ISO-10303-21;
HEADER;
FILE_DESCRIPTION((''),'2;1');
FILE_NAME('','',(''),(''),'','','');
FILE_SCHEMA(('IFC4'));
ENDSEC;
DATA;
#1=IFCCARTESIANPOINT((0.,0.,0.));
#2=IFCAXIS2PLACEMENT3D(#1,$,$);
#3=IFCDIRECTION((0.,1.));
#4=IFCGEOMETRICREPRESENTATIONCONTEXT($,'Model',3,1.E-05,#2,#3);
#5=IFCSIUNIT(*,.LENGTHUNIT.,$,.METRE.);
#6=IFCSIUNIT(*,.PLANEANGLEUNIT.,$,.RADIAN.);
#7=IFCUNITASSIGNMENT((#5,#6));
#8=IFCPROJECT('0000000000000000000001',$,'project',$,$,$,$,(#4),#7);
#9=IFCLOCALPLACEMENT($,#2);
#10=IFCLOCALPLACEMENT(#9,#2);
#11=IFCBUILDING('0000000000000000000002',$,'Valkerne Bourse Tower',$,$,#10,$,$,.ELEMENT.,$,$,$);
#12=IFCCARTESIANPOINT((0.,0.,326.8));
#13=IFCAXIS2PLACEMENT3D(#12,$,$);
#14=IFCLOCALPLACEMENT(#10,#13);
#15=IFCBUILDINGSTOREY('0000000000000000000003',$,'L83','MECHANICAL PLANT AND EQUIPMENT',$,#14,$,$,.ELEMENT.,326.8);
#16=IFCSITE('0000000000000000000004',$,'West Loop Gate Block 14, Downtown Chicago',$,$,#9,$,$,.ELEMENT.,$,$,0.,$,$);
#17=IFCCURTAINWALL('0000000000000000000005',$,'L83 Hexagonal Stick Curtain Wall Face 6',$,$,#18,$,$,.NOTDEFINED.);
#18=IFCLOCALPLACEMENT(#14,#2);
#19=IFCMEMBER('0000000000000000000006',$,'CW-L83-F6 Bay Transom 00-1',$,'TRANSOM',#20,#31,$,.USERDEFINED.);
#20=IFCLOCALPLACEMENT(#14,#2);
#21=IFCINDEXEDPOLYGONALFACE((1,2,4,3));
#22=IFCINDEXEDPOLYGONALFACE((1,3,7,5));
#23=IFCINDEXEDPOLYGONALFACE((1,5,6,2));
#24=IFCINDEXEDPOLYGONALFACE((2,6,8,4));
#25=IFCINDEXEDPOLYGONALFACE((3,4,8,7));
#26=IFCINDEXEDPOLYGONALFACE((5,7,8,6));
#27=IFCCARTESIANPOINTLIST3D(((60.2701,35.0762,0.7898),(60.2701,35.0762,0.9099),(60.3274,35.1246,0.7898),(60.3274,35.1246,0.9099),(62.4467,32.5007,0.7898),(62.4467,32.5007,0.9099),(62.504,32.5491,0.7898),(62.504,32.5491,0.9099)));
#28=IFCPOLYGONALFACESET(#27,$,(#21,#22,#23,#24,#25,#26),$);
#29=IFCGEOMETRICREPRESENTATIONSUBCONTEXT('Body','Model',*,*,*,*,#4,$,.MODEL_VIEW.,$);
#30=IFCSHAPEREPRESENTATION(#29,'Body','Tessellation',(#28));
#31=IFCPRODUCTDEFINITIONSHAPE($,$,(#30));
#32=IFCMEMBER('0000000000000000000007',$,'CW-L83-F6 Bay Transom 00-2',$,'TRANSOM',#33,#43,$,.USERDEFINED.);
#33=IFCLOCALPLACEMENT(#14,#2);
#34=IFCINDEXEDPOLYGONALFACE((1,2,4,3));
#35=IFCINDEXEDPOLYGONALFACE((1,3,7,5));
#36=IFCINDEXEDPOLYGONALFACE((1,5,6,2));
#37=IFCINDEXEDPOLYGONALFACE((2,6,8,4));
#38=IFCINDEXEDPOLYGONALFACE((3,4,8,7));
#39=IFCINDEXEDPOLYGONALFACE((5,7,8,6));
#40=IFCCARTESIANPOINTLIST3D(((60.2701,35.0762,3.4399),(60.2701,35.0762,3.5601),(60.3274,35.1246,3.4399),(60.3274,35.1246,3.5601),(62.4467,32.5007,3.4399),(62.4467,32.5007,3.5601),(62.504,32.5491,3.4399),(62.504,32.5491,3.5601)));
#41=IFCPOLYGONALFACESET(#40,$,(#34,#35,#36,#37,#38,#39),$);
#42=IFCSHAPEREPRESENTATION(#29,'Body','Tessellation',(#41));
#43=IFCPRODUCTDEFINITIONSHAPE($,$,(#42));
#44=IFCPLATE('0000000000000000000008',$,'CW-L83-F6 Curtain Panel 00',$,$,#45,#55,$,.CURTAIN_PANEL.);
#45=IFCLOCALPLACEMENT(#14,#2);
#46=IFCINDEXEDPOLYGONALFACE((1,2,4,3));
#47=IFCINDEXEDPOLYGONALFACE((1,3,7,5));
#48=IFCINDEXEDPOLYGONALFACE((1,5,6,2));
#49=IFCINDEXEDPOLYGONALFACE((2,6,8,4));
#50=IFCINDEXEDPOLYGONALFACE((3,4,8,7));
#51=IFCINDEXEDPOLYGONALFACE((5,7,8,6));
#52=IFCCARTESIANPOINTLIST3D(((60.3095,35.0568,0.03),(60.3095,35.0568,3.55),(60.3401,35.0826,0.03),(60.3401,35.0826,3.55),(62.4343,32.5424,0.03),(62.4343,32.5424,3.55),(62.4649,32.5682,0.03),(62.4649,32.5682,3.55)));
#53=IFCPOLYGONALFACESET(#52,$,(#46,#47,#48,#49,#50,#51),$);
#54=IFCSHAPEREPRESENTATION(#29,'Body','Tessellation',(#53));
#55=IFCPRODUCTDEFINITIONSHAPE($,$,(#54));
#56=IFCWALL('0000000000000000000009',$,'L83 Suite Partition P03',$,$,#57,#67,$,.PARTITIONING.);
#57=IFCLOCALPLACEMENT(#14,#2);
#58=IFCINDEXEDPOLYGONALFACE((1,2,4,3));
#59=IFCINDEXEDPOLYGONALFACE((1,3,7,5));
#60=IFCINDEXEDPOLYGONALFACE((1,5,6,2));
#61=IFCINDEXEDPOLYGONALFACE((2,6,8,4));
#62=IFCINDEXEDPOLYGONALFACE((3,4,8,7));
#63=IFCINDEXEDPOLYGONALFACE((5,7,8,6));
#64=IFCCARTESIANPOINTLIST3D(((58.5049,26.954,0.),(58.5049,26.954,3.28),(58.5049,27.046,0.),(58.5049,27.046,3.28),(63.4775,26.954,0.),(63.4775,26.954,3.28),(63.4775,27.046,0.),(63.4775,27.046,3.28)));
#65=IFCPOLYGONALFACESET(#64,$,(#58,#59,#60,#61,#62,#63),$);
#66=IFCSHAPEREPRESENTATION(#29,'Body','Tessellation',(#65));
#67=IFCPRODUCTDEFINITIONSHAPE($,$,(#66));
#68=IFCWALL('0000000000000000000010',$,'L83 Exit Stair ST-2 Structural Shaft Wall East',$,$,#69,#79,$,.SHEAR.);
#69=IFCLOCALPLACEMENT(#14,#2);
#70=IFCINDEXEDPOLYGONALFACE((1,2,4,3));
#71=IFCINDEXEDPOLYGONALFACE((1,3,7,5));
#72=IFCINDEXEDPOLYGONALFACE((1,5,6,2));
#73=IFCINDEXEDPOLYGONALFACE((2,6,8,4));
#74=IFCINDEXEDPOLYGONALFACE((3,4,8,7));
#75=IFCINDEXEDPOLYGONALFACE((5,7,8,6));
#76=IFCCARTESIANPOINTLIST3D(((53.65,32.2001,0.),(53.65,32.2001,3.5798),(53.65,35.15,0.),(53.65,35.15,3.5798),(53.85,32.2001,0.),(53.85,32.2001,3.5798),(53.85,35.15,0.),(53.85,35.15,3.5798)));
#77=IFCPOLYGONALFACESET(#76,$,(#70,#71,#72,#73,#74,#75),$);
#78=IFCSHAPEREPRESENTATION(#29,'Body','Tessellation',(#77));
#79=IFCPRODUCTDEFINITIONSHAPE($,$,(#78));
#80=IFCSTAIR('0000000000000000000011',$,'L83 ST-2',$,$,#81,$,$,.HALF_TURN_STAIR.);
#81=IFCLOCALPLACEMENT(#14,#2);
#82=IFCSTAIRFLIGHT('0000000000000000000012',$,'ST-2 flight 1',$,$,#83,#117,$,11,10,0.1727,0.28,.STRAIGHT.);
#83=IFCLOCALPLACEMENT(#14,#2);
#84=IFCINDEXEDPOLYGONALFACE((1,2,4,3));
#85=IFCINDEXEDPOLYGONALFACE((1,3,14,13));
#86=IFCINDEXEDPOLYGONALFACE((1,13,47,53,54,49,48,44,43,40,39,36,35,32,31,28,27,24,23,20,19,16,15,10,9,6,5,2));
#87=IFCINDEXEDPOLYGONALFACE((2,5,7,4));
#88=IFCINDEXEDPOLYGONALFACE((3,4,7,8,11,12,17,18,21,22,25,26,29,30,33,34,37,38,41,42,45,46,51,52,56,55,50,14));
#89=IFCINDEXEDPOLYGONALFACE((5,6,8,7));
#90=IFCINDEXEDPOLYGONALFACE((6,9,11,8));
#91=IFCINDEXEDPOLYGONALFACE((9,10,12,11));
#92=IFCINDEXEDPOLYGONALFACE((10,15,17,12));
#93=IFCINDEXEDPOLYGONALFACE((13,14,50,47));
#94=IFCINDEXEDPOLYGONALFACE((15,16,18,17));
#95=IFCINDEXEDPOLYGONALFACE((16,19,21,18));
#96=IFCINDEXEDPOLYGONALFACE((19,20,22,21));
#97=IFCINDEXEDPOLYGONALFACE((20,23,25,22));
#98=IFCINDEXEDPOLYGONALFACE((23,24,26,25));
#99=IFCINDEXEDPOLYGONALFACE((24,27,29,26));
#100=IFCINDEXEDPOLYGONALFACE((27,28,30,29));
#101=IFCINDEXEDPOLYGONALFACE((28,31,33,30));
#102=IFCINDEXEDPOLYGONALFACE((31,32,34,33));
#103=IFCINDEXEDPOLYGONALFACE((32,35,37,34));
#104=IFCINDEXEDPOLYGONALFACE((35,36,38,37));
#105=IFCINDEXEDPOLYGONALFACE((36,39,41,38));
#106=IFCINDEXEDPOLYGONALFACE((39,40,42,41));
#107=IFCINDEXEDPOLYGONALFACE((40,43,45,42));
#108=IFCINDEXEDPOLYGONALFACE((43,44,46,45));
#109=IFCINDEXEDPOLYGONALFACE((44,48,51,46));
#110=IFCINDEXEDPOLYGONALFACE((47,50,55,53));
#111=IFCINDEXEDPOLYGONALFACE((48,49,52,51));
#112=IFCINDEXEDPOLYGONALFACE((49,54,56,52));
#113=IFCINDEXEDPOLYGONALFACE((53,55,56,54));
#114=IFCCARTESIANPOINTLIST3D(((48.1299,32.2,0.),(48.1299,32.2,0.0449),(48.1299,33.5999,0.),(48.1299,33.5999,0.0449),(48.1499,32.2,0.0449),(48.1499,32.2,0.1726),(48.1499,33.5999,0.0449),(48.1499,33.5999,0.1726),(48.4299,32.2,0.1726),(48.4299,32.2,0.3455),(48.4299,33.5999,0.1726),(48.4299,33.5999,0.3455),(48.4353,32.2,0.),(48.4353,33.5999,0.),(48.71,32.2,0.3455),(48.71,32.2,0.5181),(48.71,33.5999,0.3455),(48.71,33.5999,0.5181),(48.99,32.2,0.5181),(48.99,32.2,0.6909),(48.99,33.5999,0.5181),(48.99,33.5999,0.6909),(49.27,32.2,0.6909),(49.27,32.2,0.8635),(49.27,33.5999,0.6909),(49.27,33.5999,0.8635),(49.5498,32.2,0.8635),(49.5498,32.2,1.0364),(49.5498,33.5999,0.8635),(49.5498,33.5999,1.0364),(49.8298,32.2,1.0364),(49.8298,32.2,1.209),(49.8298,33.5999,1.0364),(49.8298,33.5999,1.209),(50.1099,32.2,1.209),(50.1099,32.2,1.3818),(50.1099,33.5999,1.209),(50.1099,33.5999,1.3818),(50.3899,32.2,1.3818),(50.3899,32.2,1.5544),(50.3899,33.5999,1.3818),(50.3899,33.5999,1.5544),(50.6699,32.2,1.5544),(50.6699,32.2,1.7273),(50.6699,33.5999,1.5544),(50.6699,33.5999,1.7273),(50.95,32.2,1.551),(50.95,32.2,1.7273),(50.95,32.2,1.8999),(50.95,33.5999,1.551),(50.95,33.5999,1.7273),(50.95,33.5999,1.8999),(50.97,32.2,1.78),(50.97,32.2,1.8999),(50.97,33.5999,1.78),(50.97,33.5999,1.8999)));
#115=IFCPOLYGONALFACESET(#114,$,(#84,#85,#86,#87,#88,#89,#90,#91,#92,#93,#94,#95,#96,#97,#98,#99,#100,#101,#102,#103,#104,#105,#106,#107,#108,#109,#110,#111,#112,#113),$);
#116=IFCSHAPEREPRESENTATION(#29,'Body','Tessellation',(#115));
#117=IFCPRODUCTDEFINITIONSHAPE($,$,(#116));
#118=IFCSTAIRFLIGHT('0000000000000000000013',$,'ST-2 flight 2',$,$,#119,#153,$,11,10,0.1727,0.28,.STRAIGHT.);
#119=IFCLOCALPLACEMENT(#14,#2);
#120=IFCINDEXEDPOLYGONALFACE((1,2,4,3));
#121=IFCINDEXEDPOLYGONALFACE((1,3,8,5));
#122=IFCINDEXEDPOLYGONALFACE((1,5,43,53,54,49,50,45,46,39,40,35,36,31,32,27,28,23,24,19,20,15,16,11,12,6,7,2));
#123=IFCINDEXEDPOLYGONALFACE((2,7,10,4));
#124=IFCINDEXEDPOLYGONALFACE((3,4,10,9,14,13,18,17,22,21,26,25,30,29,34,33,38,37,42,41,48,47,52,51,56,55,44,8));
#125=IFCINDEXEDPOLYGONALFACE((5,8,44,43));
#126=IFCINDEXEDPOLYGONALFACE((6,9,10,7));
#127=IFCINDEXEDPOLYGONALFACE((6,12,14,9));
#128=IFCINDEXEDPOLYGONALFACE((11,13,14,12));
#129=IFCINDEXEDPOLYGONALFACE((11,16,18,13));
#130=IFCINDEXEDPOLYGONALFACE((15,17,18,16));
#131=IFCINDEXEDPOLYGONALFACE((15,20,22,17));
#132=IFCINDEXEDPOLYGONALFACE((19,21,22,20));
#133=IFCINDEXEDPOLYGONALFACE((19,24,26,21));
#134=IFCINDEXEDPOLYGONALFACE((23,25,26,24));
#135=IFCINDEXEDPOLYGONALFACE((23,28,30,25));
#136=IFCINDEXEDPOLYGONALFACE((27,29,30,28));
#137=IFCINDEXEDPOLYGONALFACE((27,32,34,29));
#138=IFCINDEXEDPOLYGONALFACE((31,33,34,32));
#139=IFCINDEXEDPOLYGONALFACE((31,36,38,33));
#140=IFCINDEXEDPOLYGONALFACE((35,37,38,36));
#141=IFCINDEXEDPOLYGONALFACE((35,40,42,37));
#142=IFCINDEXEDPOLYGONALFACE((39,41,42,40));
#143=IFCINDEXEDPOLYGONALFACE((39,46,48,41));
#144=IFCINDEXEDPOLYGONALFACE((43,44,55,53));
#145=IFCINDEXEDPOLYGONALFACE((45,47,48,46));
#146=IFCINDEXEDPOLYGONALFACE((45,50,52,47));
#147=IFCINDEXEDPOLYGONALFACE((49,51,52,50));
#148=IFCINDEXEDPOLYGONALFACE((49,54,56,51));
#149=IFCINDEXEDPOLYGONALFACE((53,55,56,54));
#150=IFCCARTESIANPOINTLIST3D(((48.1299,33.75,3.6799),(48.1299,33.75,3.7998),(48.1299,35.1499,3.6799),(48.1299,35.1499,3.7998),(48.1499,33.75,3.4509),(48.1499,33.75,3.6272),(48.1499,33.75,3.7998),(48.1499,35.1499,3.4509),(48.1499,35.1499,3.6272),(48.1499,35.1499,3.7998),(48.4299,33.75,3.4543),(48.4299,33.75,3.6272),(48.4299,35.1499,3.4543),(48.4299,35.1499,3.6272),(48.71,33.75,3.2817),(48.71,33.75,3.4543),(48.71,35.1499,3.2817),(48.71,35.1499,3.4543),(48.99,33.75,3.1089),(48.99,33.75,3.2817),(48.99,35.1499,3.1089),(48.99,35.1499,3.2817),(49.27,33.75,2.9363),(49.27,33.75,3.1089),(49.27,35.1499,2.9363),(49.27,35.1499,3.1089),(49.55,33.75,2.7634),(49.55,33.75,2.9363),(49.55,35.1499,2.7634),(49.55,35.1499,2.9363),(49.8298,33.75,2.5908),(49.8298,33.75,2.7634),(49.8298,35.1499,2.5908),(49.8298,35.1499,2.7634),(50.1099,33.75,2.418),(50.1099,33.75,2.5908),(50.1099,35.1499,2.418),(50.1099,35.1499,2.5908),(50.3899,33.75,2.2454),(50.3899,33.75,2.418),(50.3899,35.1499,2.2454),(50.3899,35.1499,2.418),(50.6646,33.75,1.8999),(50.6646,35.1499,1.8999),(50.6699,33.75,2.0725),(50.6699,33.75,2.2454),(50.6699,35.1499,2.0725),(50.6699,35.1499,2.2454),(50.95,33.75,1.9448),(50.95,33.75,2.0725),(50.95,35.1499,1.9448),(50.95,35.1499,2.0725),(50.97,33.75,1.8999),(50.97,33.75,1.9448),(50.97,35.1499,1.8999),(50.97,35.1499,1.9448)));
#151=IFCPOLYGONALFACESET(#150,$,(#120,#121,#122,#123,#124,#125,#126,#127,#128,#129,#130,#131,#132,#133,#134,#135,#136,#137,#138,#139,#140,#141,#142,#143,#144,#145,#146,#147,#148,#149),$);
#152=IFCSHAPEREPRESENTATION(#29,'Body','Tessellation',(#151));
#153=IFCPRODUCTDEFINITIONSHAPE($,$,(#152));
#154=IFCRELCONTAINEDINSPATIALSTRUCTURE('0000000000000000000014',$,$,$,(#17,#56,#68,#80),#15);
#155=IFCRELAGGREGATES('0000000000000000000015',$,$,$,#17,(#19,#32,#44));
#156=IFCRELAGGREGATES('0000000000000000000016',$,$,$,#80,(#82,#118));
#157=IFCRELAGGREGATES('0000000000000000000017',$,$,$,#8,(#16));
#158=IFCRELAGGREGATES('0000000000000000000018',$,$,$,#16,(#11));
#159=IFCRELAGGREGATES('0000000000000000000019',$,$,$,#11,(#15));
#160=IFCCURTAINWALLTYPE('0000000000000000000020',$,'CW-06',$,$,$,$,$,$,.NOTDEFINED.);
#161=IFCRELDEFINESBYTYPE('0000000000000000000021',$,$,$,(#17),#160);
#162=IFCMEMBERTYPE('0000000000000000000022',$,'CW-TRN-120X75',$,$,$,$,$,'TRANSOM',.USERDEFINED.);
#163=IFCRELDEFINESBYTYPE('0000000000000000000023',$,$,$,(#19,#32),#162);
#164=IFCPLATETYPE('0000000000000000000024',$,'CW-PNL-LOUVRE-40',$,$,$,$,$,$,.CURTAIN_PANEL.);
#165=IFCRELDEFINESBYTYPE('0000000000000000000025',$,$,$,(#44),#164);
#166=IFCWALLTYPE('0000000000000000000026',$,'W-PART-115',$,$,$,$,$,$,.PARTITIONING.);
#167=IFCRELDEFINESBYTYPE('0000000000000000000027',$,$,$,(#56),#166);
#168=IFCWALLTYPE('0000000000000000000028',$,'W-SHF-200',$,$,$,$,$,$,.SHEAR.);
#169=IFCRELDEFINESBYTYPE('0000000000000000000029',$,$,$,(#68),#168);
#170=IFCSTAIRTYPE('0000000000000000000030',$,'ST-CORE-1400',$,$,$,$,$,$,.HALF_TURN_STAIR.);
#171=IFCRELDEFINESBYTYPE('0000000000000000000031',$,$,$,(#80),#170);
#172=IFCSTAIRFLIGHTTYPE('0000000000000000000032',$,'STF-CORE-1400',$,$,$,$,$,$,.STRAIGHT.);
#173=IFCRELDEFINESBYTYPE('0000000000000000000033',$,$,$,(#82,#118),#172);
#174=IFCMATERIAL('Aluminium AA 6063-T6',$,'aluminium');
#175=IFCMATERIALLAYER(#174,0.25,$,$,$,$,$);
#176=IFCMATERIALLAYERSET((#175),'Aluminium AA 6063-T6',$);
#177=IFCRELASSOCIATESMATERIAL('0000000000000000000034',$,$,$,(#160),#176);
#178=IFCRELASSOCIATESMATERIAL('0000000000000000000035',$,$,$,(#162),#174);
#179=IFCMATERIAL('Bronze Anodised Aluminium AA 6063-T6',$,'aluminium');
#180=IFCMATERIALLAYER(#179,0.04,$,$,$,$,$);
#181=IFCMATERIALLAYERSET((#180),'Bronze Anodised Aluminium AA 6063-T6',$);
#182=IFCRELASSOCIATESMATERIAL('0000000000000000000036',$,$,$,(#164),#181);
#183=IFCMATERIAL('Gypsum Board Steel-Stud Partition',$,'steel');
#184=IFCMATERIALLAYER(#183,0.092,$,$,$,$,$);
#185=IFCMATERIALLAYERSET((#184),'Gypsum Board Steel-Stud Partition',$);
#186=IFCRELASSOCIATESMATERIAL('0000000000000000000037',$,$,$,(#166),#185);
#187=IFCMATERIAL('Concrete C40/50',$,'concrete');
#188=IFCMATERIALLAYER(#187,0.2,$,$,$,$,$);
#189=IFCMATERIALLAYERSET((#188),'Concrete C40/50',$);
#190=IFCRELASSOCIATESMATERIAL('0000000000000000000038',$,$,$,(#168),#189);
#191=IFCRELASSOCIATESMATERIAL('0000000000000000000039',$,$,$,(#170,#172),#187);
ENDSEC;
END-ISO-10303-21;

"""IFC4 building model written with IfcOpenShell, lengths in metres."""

from ifc_helpers import new_model, si_unit, direction, frame, frame_2d, origin, origin_2d, place, context, subcontext, project, spatial, polyline, rectangle, outline, extrude, material, layer, layer_set, material_profile, profile_set, type_object, element, aggregate, save


model = new_model("IFC4")

# Units and contexts
model_context = context("Model", 3, precision=1e-05, world=origin(), true_north=direction((0.0, 1.0)))
body_context = subcontext(model_context, "Body", "Model", "MODEL_VIEW")
ifc_project = project(units=[si_unit("LENGTHUNIT", "METRE"), si_unit("PLANEANGLEUNIT", "RADIAN")], contexts=[model_context])

# Site, building, storey
site_placement = place(None, origin())
site = spatial("IfcSite", under=ifc_project, at=site_placement, Name="West Loop Gate Block 14, Downtown Chicago", CompositionType="ELEMENT", RefElevation=0.0)
building_placement = place(site_placement, origin())
building = spatial("IfcBuilding", under=site, at=building_placement, Name="Valkerne Bourse Tower", CompositionType="ELEMENT")
storey_placement = place(building_placement, frame((0.0, 0.0, 326.8)))
storey = spatial("IfcBuildingStorey", under=building, at=storey_placement, Name="L83", Description="MECHANICAL PLANT AND EQUIPMENT", CompositionType="ELEMENT", Elevation=326.8)

# Shared definitions
ifc_material_1 = material(Name="Aluminium AA 6063-T6", Category="aluminium")
ifc_layer_1 = layer(ifc_material_1, 0.25)
ifc_layer_set_1 = layer_set([ifc_layer_1], Name="Aluminium AA 6063-T6")
curtain_wall_type = type_object("IfcCurtainWallType", Name="CW-06", PredefinedType="NOTDEFINED", material=ifc_layer_set_1)

# Curtain wall, members, plate
curtain_wall_1_placement = place(storey_placement, origin())
curtain_wall_1 = element("IfcCurtainWall", 1, at=curtain_wall_1_placement, inside=storey, type_object=curtain_wall_type, Name="L83 Hexagonal Stick Curtain Wall Face 6", PredefinedType="NOTDEFINED")
ifc_material_profile_1 = material_profile(ifc_material_1, rectangle(XDim=0.075, YDim=0.1201, at=origin_2d()), Name="CWT-75X120")
ifc_profile_set_1 = profile_set([ifc_material_profile_1], Name="Aluminium AA 6063-T6")
member_type_1 = type_object("IfcMemberType", Name="CW-TRN-120X75", ElementType="TRANSOM", PredefinedType="USERDEFINED", material=ifc_profile_set_1)
member_1_placement = place(storey_placement, frame((62.4753, 32.5249, 0.8499), z_axis=(-0.645475, 0.763782, 0.0), x_axis=(-0.763782, -0.645475, 0.0)))
member_1 = element("IfcMember", 2, at=member_1_placement, type_object=member_type_1, Name="CW-L83-F6 Bay Transom 00-1", ObjectType="TRANSOM", PredefinedType="USERDEFINED", context=body_context, shape_type="SweptSolid", body=[
    extrude(rectangle(XDim=0.075, YDim=0.1201, at=origin_2d()), origin(), (0.0, 0.0, 1.0), 3.3721),
])
member_2_placement = place(storey_placement, frame((62.4753, 32.5249, 3.5), z_axis=(-0.645475, 0.763782, 0.0), x_axis=(-0.763782, -0.645475, 0.0)))
member_2 = element("IfcMember", 3, at=member_2_placement, type_object=member_type_1, Name="CW-L83-F6 Bay Transom 00-2", ObjectType="TRANSOM", PredefinedType="USERDEFINED", context=body_context, shape_type="SweptSolid", body=[
    extrude(rectangle(XDim=0.075, YDim=0.1201, at=origin_2d()), origin(), (0.0, 0.0, 1.0), 3.3721),
])
ifc_material_2 = material(Name="Bronze Anodised Aluminium AA 6063-T6", Category="aluminium")
ifc_layer_2 = layer(ifc_material_2, 0.04)
ifc_layer_set_2 = layer_set([ifc_layer_2], Name="Bronze Anodised Aluminium AA 6063-T6")
plate_type = type_object("IfcPlateType", Name="CW-PNL-LOUVRE-40", PredefinedType="CURTAIN_PANEL", material=ifc_layer_set_2)
plate_placement = place(storey_placement, frame((61.3872, 33.8125, 0.03), z_axis=(0.0, 0.0, 1.0), x_axis=(-0.645449, 0.763803, 0.0)))
plate = element("IfcPlate", 4, at=plate_placement, type_object=plate_type, Name="CW-L83-F6 Curtain Panel 00", PredefinedType="CURTAIN_PANEL", context=body_context, shape_type="SweptSolid", body=[
    extrude(rectangle(XDim=3.292, YDim=0.04, at=origin_2d()), origin(), (0.0, 0.0, 1.0), 3.52),
])
aggregate(curtain_wall_1, [member_1, member_2, plate])

# Walls
ifc_material_3 = material(Name="Gypsum Board Steel-Stud Partition", Category="steel")
ifc_layer_3 = layer(ifc_material_3, 0.092)
ifc_layer_set_3 = layer_set([ifc_layer_3], Name="Gypsum Board Steel-Stud Partition")
wall_type_1 = type_object("IfcWallType", Name="W-PART-115", PredefinedType="PARTITIONING", material=ifc_layer_set_3)
wall_1_placement = place(storey_placement, frame((58.5049, 27.0, 0.0), z_axis=(0.0, 0.0, 1.0), x_axis=(1.0, 0.0, 0.0)))
element("IfcWall", 5, at=wall_1_placement, inside=storey, type_object=wall_type_1, Name="L83 Suite Partition P03", PredefinedType="PARTITIONING", context=body_context, shape_type="SweptSolid", body=[
    extrude(rectangle(XDim=4.9727, YDim=0.092, at=frame_2d((2.4863, 0.0))), origin(), (0.0, 0.0, 1.0), 3.28),
])
ifc_material_4 = material(Name="Concrete C40/50", Category="concrete")
ifc_layer_4 = layer(ifc_material_4, 0.2)
ifc_layer_set_4 = layer_set([ifc_layer_4], Name="Concrete C40/50")
wall_type_2 = type_object("IfcWallType", Name="W-SHF-200", PredefinedType="SHEAR", material=ifc_layer_set_4)
wall_2_placement = place(storey_placement, frame((53.75, 32.2, 0.0), z_axis=(0.0, 0.0, 1.0), x_axis=(0.0, 1.0, 0.0)))
element("IfcWall", 6, at=wall_2_placement, inside=storey, type_object=wall_type_2, Name="L83 Exit Stair ST-2 Structural Shaft Wall East", PredefinedType="SHEAR", context=body_context, shape_type="SweptSolid", body=[
    extrude(rectangle(XDim=2.95, YDim=0.2, at=frame_2d((1.4751, 0.0))), origin(), (0.0, 0.0, 1.0), 3.5798),
])

# Stair, stair flights
stair_type = type_object("IfcStairType", Name="ST-CORE-1400", PredefinedType="HALF_TURN_STAIR", material=ifc_material_4)
stair_placement = place(storey_placement, origin())
stair = element("IfcStair", 7, at=stair_placement, inside=storey, type_object=stair_type, Name="L83 ST-2", PredefinedType="HALF_TURN_STAIR")
stair_flight_type = type_object("IfcStairFlightType", Name="STF-CORE-1400", PredefinedType="STRAIGHT", material=ifc_material_4)
stair_flight_1_placement = place(storey_placement, frame((48.1499, 32.8999, 0.0), z_axis=(0.0, 0.0, 1.0), x_axis=(1.0, 0.0, 0.0)))
stair_flight_1 = element("IfcStairFlight", 8, at=stair_flight_1_placement, type_object=stair_flight_type, Name="ST-2 flight 1", NumberOfRisers=11, NumberOfTreads=10, PredefinedType="STRAIGHT", RiserHeight=0.1727, TreadLength=0.28, context=body_context, shape_type="SweptSolid", body=[
    extrude(outline(polyline([(-0.02, 0.0), (-0.02, 0.0449), (0.0, 0.0449), (0.0, 0.1726), (0.28, 0.1726), (0.28, 0.3455), (0.5601, 0.3455), (0.5601, 0.5181), (0.8401, 0.5181), (0.8401, 0.6909), (1.1201, 0.6909), (1.1201, 0.8635), (1.3999, 0.8635), (1.3999, 1.0364), (1.6799, 1.0364), (1.6799, 1.209), (1.96, 1.209), (1.96, 1.3818), (2.24, 1.3818), (2.24, 1.5544), (2.52, 1.5544), (2.52, 1.7273), (2.8, 1.7273), (2.8, 1.8999), (2.8201, 1.8999), (2.8201, 1.78), (2.8, 1.551), (0.2854, 0.0), (-0.02, 0.0)])), frame((0.0, 0.7, 0.0), z_axis=(0.0, -1.0, 0.0), x_axis=(1.0, 0.0, 0.0)), (0.0, 0.0, 1.0), 1.3999),
])
stair_flight_2_placement = place(storey_placement, frame((50.95, 34.45, 1.8999), z_axis=(0.0, 0.0, 1.0), x_axis=(-1.0, 0.0, 0.0)))
stair_flight_2 = element("IfcStairFlight", 9, at=stair_flight_2_placement, type_object=stair_flight_type, Name="ST-2 flight 2", NumberOfRisers=11, NumberOfTreads=10, PredefinedType="STRAIGHT", RiserHeight=0.1727, TreadLength=0.28, context=body_context, shape_type="SweptSolid", body=[
    extrude(outline(polyline([(-0.02, 0.0), (-0.02, 0.0449), (0.0, 0.0449), (0.0, 0.1726), (0.28, 0.1726), (0.28, 0.3455), (0.5601, 0.3455), (0.5601, 0.5181), (0.8401, 0.5181), (0.8401, 0.6909), (1.1201, 0.6909), (1.1201, 0.8635), (1.3999, 0.8635), (1.3999, 1.0364), (1.6799, 1.0364), (1.6799, 1.209), (1.96, 1.209), (1.96, 1.3818), (2.24, 1.3818), (2.24, 1.5544), (2.52, 1.5544), (2.52, 1.7273), (2.8, 1.7273), (2.8, 1.8999), (2.8201, 1.8999), (2.8201, 1.78), (2.8, 1.551), (0.2854, 0.0), (-0.02, 0.0)])), frame((0.0, 0.7, 0.0), z_axis=(0.0, -1.0, 0.0), x_axis=(1.0, 0.0, 0.0)), (0.0, 0.0, 1.0), 1.3999),
])
aggregate(stair, [stair_flight_1, stair_flight_2])

save(model, "model.ifc")
